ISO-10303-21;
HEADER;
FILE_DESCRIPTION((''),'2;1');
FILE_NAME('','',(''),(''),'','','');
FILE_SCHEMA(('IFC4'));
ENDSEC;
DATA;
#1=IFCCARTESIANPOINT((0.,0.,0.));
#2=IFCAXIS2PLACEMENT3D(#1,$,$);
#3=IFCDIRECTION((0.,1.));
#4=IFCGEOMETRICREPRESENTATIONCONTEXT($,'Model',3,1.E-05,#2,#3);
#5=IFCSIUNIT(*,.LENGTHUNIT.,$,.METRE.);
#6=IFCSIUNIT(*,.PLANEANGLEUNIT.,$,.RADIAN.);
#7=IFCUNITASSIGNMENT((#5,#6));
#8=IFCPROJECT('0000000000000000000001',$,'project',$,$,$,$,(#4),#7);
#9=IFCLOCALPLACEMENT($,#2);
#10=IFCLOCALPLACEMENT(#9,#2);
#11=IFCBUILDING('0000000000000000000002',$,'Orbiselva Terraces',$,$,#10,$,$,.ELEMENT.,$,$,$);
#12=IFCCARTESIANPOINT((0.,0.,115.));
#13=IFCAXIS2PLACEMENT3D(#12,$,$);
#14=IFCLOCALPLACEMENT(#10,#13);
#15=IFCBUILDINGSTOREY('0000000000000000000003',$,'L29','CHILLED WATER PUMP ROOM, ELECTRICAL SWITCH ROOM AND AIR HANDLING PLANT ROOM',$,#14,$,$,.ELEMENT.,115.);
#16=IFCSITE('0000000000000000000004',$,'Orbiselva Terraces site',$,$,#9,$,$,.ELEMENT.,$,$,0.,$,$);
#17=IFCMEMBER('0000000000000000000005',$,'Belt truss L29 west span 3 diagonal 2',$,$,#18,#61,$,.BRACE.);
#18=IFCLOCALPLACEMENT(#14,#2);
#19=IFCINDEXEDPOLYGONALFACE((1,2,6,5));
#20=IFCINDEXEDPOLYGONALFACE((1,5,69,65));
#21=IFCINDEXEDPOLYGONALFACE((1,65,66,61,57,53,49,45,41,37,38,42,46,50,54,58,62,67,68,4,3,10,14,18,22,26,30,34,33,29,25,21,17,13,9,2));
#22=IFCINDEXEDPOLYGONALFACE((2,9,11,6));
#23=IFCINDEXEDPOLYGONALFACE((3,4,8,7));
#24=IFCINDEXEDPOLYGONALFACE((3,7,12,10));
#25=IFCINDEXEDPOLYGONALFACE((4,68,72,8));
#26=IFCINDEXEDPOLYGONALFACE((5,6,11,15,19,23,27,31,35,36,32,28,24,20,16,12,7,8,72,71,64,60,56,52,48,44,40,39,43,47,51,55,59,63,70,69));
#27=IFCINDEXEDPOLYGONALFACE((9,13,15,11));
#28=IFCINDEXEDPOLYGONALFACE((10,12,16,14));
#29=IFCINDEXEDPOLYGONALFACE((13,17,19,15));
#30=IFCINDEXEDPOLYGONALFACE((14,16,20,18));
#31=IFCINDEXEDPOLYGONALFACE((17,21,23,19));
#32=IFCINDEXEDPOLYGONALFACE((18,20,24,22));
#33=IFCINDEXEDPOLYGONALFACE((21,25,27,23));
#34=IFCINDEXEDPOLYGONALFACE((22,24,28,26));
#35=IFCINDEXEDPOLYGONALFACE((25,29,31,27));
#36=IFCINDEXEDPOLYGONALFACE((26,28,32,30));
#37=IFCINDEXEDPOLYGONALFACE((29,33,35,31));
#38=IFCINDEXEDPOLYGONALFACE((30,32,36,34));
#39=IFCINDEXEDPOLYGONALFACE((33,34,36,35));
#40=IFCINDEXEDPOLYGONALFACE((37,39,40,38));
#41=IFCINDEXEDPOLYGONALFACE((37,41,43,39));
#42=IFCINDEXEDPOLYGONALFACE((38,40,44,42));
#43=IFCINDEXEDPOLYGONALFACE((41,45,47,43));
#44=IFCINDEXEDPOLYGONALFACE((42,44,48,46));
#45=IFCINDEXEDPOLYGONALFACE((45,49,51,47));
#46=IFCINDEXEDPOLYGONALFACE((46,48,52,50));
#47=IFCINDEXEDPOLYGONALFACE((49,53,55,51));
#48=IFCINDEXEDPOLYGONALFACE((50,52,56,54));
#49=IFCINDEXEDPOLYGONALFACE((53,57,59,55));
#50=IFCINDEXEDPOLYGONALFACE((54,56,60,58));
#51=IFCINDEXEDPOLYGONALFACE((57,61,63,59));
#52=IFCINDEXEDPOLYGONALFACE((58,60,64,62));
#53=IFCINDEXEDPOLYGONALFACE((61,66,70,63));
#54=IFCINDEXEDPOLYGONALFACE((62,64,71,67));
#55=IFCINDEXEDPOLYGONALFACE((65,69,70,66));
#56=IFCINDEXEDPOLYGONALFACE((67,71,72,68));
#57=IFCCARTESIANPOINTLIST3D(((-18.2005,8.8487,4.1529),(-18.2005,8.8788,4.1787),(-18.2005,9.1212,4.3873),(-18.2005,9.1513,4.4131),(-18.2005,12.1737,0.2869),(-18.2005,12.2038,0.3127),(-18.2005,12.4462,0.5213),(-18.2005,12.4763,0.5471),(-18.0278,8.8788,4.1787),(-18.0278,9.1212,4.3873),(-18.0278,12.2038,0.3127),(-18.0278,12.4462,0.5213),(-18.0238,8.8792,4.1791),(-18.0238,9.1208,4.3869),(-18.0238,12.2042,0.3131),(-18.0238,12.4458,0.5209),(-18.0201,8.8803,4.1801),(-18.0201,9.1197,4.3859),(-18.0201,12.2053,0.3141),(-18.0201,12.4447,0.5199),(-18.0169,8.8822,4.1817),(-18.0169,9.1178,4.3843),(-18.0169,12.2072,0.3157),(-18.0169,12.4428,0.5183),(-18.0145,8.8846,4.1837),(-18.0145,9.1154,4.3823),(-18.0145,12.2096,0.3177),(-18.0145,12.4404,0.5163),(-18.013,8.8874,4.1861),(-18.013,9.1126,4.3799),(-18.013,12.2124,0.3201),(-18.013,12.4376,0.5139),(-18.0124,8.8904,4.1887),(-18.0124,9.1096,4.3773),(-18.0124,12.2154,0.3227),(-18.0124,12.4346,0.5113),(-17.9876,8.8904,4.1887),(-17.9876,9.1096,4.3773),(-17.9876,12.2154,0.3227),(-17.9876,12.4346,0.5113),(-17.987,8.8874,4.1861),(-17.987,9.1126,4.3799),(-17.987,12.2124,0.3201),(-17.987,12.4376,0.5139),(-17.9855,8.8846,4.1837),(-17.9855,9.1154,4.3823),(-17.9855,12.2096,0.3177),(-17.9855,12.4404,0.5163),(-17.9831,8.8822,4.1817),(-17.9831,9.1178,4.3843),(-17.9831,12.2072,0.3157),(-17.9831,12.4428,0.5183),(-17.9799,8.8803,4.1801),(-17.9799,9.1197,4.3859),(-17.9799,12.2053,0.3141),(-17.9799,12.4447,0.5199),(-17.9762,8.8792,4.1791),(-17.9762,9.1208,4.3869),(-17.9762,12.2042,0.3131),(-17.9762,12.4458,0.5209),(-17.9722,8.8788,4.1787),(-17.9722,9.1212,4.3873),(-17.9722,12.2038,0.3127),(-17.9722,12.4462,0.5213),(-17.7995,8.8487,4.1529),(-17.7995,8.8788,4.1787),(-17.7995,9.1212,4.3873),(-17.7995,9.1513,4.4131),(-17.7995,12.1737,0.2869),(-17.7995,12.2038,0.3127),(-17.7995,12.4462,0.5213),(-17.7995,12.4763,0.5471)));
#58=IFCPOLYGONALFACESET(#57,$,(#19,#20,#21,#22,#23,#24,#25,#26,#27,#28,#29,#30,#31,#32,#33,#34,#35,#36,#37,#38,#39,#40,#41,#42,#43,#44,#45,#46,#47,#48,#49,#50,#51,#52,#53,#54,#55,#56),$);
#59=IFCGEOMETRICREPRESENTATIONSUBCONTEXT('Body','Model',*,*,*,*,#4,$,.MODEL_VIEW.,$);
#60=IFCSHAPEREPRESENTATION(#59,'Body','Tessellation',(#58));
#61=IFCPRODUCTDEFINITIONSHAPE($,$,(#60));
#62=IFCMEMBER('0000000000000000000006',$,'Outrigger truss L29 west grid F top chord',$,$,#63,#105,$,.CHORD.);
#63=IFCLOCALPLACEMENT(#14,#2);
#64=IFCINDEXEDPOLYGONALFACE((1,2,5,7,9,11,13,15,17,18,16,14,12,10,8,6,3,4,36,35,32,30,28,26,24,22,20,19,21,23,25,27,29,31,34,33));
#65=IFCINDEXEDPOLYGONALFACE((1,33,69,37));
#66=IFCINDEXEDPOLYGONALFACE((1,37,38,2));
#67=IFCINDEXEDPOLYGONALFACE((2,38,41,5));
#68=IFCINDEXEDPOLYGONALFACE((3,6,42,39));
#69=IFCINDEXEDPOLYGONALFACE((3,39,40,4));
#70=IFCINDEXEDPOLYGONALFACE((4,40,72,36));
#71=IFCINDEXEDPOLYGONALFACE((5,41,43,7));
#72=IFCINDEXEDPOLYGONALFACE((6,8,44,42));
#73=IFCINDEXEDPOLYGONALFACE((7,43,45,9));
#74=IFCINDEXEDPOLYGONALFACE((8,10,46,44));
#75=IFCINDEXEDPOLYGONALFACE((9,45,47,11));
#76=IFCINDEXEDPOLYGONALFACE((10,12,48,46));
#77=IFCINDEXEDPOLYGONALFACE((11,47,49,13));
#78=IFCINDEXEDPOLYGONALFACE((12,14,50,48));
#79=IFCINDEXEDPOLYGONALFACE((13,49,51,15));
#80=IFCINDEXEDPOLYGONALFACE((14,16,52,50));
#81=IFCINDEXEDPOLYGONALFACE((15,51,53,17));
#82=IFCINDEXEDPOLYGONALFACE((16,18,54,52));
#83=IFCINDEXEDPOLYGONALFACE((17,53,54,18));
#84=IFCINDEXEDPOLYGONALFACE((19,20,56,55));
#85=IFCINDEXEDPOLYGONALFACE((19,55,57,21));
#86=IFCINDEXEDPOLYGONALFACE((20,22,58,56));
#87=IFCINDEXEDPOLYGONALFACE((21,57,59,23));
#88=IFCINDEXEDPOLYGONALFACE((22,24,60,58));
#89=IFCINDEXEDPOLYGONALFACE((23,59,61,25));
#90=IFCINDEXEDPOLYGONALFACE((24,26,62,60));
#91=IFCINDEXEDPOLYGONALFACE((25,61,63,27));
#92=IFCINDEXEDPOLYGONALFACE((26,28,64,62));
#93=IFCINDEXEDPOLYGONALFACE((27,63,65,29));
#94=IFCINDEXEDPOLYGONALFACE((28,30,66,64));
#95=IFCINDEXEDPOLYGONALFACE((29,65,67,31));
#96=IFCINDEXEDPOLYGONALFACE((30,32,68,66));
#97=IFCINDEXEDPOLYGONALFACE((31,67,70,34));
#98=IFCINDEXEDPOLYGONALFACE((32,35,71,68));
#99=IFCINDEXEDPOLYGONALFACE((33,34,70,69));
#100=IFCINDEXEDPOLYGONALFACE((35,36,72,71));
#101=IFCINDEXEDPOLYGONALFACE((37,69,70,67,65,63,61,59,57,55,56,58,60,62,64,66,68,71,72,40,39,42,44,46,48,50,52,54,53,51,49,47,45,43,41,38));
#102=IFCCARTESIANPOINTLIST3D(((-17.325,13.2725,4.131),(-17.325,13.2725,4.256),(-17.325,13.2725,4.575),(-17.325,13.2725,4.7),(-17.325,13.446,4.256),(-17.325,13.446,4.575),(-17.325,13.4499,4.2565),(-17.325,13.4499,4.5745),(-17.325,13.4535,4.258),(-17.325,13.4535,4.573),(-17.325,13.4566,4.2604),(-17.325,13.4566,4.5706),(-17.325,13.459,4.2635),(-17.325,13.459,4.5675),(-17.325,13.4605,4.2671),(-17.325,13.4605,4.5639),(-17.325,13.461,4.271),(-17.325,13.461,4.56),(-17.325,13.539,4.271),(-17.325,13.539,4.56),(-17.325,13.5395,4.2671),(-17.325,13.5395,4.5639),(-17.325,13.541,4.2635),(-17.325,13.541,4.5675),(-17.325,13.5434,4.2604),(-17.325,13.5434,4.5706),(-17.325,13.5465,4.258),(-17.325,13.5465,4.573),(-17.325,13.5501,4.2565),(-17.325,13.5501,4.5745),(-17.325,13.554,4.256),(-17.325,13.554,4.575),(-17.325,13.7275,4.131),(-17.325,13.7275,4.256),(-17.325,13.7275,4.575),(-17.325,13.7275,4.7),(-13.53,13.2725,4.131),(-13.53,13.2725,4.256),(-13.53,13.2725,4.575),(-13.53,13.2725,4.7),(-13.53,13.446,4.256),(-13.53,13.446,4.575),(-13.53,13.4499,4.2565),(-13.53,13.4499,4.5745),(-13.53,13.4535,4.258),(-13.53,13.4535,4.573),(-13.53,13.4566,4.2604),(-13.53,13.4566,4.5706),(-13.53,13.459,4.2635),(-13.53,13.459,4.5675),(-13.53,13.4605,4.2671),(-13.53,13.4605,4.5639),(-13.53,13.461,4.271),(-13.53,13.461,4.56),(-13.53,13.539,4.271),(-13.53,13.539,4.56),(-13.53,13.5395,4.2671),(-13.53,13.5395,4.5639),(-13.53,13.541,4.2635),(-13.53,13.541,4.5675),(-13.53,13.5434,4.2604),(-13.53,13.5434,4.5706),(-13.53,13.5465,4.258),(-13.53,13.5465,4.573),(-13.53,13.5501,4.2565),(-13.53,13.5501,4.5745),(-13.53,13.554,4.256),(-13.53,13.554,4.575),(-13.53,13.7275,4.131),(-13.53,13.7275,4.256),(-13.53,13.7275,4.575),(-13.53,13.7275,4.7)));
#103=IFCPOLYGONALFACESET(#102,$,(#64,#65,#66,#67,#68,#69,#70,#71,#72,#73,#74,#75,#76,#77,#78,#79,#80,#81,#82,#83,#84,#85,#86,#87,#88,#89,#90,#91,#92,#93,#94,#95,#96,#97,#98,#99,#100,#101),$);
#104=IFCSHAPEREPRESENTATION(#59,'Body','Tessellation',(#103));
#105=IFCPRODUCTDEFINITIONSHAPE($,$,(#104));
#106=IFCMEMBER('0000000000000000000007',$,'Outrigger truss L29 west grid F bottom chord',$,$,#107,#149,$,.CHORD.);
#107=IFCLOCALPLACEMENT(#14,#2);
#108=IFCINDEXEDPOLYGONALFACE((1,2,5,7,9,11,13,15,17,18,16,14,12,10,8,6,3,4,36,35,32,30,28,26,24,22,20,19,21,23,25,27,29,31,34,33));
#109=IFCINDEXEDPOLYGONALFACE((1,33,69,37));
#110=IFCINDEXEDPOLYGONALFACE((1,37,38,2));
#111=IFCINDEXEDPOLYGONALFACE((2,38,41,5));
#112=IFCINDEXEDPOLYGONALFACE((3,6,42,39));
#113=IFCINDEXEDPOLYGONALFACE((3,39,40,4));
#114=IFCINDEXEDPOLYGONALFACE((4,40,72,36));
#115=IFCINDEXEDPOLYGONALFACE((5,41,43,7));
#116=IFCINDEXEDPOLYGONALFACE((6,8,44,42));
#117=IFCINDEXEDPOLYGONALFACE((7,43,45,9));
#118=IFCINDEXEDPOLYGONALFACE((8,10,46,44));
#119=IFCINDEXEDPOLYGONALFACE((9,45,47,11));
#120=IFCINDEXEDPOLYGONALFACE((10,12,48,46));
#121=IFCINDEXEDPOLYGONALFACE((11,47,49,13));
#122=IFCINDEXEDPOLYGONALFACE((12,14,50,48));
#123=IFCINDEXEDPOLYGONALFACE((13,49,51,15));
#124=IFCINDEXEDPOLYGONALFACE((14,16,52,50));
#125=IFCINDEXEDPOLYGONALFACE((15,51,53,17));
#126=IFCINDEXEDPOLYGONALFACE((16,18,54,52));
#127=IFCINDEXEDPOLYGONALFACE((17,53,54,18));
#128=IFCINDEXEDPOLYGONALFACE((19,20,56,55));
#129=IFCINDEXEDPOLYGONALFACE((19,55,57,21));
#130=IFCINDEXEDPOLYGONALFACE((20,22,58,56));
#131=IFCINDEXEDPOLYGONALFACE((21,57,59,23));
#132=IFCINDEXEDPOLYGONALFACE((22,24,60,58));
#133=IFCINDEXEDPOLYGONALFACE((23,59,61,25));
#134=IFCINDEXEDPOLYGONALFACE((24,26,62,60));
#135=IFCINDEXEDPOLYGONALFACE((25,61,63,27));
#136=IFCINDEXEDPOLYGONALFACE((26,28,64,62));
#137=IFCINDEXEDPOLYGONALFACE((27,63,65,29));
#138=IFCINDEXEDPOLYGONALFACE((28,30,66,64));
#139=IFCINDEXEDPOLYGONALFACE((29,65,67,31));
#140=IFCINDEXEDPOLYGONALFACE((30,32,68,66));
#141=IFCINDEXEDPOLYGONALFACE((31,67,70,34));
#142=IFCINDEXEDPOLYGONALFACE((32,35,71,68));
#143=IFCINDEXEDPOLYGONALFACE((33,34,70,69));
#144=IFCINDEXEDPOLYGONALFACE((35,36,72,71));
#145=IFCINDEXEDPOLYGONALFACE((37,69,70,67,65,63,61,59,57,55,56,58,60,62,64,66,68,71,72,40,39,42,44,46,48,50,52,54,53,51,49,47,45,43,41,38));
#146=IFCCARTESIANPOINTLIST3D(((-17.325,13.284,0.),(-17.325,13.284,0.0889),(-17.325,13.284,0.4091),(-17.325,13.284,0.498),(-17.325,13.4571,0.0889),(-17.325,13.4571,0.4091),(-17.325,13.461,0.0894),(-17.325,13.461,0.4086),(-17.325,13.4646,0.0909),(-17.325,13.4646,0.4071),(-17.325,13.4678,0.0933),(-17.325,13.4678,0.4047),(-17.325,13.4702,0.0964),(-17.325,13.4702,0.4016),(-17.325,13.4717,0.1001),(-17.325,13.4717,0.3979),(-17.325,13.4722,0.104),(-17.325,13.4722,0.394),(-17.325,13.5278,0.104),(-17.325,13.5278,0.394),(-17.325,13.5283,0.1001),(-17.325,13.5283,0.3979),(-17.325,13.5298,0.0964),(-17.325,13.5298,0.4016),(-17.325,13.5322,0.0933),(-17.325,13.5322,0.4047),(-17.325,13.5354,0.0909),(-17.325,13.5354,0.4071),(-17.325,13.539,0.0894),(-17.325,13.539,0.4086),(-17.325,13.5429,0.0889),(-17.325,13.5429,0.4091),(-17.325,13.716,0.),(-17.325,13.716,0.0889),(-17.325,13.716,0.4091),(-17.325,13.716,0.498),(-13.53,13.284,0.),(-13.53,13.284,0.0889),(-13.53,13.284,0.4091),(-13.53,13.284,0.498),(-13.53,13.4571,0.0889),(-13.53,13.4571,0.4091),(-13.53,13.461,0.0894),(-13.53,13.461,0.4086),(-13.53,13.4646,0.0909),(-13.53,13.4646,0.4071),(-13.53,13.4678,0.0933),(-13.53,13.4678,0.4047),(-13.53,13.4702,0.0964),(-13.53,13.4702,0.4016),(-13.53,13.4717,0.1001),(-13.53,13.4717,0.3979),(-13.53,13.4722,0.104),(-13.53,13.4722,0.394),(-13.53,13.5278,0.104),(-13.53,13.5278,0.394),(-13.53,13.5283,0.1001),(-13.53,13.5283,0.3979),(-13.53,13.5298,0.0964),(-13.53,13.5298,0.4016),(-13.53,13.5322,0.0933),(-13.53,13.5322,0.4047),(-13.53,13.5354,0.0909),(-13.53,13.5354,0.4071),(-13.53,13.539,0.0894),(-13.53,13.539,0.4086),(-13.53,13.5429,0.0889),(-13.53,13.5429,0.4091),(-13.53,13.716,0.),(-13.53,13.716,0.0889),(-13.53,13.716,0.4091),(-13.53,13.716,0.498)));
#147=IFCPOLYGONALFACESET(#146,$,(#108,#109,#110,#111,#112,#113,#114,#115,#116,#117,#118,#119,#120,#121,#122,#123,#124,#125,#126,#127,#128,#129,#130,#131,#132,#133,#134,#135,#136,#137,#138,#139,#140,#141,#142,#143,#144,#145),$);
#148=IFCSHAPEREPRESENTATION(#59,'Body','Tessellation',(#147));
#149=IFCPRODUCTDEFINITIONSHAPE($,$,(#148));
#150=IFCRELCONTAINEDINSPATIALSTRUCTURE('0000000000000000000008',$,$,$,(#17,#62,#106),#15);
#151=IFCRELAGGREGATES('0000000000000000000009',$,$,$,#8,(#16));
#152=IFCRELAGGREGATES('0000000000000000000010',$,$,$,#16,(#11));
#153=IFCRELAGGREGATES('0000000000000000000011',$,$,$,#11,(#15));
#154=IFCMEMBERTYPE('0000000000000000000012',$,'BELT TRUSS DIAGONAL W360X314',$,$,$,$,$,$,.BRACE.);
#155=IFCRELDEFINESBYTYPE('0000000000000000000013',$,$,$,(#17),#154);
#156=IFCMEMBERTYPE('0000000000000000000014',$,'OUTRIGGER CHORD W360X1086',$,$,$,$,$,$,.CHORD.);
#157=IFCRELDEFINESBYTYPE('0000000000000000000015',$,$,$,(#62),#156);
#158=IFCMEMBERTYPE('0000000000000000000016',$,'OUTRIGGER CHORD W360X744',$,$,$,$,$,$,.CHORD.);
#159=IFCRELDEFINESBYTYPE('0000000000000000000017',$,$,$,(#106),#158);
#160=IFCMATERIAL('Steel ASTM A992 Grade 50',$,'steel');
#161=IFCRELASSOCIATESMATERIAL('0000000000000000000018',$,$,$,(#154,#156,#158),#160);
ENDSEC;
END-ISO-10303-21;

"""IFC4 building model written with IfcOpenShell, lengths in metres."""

from ifc_helpers import new_model, si_unit, direction, frame, origin, origin_2d, place, context, subcontext, project, spatial, i_section, extrude, material, material_profile, profile_set, type_object, element, save


model = new_model("IFC4")

# Units and contexts
model_context = context("Model", 3, precision=1e-05, world=origin(), true_north=direction((0.0, 1.0)))
body_context = subcontext(model_context, "Body", "Model", "MODEL_VIEW")
ifc_project = project(units=[si_unit("LENGTHUNIT", "METRE"), si_unit("PLANEANGLEUNIT", "RADIAN")], contexts=[model_context])

# Site, building, storey
site_placement = place(None, origin())
site = spatial("IfcSite", under=ifc_project, at=site_placement, Name="Orbiselva Terraces site", CompositionType="ELEMENT", RefElevation=0.0)
building_placement = place(site_placement, origin())
building = spatial("IfcBuilding", under=site, at=building_placement, Name="Orbiselva Terraces", CompositionType="ELEMENT")
storey_placement = place(building_placement, frame((0.0, 0.0, 115.0)))
storey = spatial("IfcBuildingStorey", under=building, at=storey_placement, Name="L29", Description="CHILLED WATER PUMP ROOM, ELECTRICAL SWITCH ROOM AND AIR HANDLING PLANT ROOM", CompositionType="ELEMENT", Elevation=115.0)

# Members
ifc_material_1 = material(Name="Steel ASTM A992 Grade 50", Category="steel")
ifc_material_profile_1 = material_profile(ifc_material_1, i_section(OverallWidth=0.401, OverallDepth=0.399, WebThickness=0.0249, FlangeThickness=0.0396, FilletRadius=0.0153, at=origin_2d()), Name="W360X314")
ifc_profile_set_1 = profile_set([ifc_material_profile_1], Name="Steel ASTM A992 Grade 50")
member_type_1 = type_object("IfcMemberType", Name="BELT TRUSS DIAGONAL W360X314", PredefinedType="BRACE", material=ifc_profile_set_1)
for number, where, z_axis, x_axis, name in (
    (1, (-18.0, 9.0, 4.283), (0.0, 0.652066, -0.758162), (-1.0, 0.0, 0.0), "Belt truss L29 west span 3 diagonal 2"),
):
    element("IfcMember", number, at=place(storey_placement, frame(where, z_axis=z_axis, x_axis=x_axis)), inside=storey, type_object=member_type_1, Name=name, PredefinedType="BRACE", context=body_context, shape_type="SweptSolid", body=[
        extrude(i_section(OverallWidth=0.401, OverallDepth=0.399, WebThickness=0.0249, FlangeThickness=0.0396, FilletRadius=0.0153, at=origin_2d()), origin(), (0.0, 0.0, 1.0), 5.0992),
    ])
ifc_material_profile_2 = material_profile(ifc_material_1, i_section(OverallWidth=0.455, OverallDepth=0.569, WebThickness=0.078, FlangeThickness=0.125, FilletRadius=0.015, at=origin_2d()), Name="W360X1086")
ifc_profile_set_2 = profile_set([ifc_material_profile_2], Name="Steel ASTM A992 Grade 50")
member_type_2 = type_object("IfcMemberType", Name="OUTRIGGER CHORD W360X1086", PredefinedType="CHORD", material=ifc_profile_set_2)
member_1_placement = place(storey_placement, frame((-13.53, 13.5, 4.4155), z_axis=(-1.0, 0.0, 0.0), x_axis=(0.0, -1.0, 0.0)))
element("IfcMember", 2, at=member_1_placement, inside=storey, type_object=member_type_2, Name="Outrigger truss L29 west grid F top chord", PredefinedType="CHORD", context=body_context, shape_type="SweptSolid", body=[
    extrude(i_section(OverallWidth=0.455, OverallDepth=0.569, WebThickness=0.078, FlangeThickness=0.125, FilletRadius=0.015, at=origin_2d()), origin(), (0.0, 0.0, 1.0), 3.795),
])
ifc_material_profile_3 = material_profile(ifc_material_1, i_section(OverallWidth=0.432, OverallDepth=0.498, WebThickness=0.0556, FlangeThickness=0.0889, FilletRadius=0.0151, at=origin_2d()), Name="W360X744")
ifc_profile_set_3 = profile_set([ifc_material_profile_3], Name="Steel ASTM A992 Grade 50")
member_type_3 = type_object("IfcMemberType", Name="OUTRIGGER CHORD W360X744", PredefinedType="CHORD", material=ifc_profile_set_3)
member_2_placement = place(storey_placement, frame((-13.53, 13.5, 0.249), z_axis=(-1.0, 0.0, 0.0), x_axis=(0.0, -1.0, 0.0)))
element("IfcMember", 3, at=member_2_placement, inside=storey, type_object=member_type_3, Name="Outrigger truss L29 west grid F bottom chord", PredefinedType="CHORD", context=body_context, shape_type="SweptSolid", body=[
    extrude(i_section(OverallWidth=0.432, OverallDepth=0.498, WebThickness=0.0556, FlangeThickness=0.0889, FilletRadius=0.0151, at=origin_2d()), origin(), (0.0, 0.0, 1.0), 3.795),
])

save(model, "model.ifc")
